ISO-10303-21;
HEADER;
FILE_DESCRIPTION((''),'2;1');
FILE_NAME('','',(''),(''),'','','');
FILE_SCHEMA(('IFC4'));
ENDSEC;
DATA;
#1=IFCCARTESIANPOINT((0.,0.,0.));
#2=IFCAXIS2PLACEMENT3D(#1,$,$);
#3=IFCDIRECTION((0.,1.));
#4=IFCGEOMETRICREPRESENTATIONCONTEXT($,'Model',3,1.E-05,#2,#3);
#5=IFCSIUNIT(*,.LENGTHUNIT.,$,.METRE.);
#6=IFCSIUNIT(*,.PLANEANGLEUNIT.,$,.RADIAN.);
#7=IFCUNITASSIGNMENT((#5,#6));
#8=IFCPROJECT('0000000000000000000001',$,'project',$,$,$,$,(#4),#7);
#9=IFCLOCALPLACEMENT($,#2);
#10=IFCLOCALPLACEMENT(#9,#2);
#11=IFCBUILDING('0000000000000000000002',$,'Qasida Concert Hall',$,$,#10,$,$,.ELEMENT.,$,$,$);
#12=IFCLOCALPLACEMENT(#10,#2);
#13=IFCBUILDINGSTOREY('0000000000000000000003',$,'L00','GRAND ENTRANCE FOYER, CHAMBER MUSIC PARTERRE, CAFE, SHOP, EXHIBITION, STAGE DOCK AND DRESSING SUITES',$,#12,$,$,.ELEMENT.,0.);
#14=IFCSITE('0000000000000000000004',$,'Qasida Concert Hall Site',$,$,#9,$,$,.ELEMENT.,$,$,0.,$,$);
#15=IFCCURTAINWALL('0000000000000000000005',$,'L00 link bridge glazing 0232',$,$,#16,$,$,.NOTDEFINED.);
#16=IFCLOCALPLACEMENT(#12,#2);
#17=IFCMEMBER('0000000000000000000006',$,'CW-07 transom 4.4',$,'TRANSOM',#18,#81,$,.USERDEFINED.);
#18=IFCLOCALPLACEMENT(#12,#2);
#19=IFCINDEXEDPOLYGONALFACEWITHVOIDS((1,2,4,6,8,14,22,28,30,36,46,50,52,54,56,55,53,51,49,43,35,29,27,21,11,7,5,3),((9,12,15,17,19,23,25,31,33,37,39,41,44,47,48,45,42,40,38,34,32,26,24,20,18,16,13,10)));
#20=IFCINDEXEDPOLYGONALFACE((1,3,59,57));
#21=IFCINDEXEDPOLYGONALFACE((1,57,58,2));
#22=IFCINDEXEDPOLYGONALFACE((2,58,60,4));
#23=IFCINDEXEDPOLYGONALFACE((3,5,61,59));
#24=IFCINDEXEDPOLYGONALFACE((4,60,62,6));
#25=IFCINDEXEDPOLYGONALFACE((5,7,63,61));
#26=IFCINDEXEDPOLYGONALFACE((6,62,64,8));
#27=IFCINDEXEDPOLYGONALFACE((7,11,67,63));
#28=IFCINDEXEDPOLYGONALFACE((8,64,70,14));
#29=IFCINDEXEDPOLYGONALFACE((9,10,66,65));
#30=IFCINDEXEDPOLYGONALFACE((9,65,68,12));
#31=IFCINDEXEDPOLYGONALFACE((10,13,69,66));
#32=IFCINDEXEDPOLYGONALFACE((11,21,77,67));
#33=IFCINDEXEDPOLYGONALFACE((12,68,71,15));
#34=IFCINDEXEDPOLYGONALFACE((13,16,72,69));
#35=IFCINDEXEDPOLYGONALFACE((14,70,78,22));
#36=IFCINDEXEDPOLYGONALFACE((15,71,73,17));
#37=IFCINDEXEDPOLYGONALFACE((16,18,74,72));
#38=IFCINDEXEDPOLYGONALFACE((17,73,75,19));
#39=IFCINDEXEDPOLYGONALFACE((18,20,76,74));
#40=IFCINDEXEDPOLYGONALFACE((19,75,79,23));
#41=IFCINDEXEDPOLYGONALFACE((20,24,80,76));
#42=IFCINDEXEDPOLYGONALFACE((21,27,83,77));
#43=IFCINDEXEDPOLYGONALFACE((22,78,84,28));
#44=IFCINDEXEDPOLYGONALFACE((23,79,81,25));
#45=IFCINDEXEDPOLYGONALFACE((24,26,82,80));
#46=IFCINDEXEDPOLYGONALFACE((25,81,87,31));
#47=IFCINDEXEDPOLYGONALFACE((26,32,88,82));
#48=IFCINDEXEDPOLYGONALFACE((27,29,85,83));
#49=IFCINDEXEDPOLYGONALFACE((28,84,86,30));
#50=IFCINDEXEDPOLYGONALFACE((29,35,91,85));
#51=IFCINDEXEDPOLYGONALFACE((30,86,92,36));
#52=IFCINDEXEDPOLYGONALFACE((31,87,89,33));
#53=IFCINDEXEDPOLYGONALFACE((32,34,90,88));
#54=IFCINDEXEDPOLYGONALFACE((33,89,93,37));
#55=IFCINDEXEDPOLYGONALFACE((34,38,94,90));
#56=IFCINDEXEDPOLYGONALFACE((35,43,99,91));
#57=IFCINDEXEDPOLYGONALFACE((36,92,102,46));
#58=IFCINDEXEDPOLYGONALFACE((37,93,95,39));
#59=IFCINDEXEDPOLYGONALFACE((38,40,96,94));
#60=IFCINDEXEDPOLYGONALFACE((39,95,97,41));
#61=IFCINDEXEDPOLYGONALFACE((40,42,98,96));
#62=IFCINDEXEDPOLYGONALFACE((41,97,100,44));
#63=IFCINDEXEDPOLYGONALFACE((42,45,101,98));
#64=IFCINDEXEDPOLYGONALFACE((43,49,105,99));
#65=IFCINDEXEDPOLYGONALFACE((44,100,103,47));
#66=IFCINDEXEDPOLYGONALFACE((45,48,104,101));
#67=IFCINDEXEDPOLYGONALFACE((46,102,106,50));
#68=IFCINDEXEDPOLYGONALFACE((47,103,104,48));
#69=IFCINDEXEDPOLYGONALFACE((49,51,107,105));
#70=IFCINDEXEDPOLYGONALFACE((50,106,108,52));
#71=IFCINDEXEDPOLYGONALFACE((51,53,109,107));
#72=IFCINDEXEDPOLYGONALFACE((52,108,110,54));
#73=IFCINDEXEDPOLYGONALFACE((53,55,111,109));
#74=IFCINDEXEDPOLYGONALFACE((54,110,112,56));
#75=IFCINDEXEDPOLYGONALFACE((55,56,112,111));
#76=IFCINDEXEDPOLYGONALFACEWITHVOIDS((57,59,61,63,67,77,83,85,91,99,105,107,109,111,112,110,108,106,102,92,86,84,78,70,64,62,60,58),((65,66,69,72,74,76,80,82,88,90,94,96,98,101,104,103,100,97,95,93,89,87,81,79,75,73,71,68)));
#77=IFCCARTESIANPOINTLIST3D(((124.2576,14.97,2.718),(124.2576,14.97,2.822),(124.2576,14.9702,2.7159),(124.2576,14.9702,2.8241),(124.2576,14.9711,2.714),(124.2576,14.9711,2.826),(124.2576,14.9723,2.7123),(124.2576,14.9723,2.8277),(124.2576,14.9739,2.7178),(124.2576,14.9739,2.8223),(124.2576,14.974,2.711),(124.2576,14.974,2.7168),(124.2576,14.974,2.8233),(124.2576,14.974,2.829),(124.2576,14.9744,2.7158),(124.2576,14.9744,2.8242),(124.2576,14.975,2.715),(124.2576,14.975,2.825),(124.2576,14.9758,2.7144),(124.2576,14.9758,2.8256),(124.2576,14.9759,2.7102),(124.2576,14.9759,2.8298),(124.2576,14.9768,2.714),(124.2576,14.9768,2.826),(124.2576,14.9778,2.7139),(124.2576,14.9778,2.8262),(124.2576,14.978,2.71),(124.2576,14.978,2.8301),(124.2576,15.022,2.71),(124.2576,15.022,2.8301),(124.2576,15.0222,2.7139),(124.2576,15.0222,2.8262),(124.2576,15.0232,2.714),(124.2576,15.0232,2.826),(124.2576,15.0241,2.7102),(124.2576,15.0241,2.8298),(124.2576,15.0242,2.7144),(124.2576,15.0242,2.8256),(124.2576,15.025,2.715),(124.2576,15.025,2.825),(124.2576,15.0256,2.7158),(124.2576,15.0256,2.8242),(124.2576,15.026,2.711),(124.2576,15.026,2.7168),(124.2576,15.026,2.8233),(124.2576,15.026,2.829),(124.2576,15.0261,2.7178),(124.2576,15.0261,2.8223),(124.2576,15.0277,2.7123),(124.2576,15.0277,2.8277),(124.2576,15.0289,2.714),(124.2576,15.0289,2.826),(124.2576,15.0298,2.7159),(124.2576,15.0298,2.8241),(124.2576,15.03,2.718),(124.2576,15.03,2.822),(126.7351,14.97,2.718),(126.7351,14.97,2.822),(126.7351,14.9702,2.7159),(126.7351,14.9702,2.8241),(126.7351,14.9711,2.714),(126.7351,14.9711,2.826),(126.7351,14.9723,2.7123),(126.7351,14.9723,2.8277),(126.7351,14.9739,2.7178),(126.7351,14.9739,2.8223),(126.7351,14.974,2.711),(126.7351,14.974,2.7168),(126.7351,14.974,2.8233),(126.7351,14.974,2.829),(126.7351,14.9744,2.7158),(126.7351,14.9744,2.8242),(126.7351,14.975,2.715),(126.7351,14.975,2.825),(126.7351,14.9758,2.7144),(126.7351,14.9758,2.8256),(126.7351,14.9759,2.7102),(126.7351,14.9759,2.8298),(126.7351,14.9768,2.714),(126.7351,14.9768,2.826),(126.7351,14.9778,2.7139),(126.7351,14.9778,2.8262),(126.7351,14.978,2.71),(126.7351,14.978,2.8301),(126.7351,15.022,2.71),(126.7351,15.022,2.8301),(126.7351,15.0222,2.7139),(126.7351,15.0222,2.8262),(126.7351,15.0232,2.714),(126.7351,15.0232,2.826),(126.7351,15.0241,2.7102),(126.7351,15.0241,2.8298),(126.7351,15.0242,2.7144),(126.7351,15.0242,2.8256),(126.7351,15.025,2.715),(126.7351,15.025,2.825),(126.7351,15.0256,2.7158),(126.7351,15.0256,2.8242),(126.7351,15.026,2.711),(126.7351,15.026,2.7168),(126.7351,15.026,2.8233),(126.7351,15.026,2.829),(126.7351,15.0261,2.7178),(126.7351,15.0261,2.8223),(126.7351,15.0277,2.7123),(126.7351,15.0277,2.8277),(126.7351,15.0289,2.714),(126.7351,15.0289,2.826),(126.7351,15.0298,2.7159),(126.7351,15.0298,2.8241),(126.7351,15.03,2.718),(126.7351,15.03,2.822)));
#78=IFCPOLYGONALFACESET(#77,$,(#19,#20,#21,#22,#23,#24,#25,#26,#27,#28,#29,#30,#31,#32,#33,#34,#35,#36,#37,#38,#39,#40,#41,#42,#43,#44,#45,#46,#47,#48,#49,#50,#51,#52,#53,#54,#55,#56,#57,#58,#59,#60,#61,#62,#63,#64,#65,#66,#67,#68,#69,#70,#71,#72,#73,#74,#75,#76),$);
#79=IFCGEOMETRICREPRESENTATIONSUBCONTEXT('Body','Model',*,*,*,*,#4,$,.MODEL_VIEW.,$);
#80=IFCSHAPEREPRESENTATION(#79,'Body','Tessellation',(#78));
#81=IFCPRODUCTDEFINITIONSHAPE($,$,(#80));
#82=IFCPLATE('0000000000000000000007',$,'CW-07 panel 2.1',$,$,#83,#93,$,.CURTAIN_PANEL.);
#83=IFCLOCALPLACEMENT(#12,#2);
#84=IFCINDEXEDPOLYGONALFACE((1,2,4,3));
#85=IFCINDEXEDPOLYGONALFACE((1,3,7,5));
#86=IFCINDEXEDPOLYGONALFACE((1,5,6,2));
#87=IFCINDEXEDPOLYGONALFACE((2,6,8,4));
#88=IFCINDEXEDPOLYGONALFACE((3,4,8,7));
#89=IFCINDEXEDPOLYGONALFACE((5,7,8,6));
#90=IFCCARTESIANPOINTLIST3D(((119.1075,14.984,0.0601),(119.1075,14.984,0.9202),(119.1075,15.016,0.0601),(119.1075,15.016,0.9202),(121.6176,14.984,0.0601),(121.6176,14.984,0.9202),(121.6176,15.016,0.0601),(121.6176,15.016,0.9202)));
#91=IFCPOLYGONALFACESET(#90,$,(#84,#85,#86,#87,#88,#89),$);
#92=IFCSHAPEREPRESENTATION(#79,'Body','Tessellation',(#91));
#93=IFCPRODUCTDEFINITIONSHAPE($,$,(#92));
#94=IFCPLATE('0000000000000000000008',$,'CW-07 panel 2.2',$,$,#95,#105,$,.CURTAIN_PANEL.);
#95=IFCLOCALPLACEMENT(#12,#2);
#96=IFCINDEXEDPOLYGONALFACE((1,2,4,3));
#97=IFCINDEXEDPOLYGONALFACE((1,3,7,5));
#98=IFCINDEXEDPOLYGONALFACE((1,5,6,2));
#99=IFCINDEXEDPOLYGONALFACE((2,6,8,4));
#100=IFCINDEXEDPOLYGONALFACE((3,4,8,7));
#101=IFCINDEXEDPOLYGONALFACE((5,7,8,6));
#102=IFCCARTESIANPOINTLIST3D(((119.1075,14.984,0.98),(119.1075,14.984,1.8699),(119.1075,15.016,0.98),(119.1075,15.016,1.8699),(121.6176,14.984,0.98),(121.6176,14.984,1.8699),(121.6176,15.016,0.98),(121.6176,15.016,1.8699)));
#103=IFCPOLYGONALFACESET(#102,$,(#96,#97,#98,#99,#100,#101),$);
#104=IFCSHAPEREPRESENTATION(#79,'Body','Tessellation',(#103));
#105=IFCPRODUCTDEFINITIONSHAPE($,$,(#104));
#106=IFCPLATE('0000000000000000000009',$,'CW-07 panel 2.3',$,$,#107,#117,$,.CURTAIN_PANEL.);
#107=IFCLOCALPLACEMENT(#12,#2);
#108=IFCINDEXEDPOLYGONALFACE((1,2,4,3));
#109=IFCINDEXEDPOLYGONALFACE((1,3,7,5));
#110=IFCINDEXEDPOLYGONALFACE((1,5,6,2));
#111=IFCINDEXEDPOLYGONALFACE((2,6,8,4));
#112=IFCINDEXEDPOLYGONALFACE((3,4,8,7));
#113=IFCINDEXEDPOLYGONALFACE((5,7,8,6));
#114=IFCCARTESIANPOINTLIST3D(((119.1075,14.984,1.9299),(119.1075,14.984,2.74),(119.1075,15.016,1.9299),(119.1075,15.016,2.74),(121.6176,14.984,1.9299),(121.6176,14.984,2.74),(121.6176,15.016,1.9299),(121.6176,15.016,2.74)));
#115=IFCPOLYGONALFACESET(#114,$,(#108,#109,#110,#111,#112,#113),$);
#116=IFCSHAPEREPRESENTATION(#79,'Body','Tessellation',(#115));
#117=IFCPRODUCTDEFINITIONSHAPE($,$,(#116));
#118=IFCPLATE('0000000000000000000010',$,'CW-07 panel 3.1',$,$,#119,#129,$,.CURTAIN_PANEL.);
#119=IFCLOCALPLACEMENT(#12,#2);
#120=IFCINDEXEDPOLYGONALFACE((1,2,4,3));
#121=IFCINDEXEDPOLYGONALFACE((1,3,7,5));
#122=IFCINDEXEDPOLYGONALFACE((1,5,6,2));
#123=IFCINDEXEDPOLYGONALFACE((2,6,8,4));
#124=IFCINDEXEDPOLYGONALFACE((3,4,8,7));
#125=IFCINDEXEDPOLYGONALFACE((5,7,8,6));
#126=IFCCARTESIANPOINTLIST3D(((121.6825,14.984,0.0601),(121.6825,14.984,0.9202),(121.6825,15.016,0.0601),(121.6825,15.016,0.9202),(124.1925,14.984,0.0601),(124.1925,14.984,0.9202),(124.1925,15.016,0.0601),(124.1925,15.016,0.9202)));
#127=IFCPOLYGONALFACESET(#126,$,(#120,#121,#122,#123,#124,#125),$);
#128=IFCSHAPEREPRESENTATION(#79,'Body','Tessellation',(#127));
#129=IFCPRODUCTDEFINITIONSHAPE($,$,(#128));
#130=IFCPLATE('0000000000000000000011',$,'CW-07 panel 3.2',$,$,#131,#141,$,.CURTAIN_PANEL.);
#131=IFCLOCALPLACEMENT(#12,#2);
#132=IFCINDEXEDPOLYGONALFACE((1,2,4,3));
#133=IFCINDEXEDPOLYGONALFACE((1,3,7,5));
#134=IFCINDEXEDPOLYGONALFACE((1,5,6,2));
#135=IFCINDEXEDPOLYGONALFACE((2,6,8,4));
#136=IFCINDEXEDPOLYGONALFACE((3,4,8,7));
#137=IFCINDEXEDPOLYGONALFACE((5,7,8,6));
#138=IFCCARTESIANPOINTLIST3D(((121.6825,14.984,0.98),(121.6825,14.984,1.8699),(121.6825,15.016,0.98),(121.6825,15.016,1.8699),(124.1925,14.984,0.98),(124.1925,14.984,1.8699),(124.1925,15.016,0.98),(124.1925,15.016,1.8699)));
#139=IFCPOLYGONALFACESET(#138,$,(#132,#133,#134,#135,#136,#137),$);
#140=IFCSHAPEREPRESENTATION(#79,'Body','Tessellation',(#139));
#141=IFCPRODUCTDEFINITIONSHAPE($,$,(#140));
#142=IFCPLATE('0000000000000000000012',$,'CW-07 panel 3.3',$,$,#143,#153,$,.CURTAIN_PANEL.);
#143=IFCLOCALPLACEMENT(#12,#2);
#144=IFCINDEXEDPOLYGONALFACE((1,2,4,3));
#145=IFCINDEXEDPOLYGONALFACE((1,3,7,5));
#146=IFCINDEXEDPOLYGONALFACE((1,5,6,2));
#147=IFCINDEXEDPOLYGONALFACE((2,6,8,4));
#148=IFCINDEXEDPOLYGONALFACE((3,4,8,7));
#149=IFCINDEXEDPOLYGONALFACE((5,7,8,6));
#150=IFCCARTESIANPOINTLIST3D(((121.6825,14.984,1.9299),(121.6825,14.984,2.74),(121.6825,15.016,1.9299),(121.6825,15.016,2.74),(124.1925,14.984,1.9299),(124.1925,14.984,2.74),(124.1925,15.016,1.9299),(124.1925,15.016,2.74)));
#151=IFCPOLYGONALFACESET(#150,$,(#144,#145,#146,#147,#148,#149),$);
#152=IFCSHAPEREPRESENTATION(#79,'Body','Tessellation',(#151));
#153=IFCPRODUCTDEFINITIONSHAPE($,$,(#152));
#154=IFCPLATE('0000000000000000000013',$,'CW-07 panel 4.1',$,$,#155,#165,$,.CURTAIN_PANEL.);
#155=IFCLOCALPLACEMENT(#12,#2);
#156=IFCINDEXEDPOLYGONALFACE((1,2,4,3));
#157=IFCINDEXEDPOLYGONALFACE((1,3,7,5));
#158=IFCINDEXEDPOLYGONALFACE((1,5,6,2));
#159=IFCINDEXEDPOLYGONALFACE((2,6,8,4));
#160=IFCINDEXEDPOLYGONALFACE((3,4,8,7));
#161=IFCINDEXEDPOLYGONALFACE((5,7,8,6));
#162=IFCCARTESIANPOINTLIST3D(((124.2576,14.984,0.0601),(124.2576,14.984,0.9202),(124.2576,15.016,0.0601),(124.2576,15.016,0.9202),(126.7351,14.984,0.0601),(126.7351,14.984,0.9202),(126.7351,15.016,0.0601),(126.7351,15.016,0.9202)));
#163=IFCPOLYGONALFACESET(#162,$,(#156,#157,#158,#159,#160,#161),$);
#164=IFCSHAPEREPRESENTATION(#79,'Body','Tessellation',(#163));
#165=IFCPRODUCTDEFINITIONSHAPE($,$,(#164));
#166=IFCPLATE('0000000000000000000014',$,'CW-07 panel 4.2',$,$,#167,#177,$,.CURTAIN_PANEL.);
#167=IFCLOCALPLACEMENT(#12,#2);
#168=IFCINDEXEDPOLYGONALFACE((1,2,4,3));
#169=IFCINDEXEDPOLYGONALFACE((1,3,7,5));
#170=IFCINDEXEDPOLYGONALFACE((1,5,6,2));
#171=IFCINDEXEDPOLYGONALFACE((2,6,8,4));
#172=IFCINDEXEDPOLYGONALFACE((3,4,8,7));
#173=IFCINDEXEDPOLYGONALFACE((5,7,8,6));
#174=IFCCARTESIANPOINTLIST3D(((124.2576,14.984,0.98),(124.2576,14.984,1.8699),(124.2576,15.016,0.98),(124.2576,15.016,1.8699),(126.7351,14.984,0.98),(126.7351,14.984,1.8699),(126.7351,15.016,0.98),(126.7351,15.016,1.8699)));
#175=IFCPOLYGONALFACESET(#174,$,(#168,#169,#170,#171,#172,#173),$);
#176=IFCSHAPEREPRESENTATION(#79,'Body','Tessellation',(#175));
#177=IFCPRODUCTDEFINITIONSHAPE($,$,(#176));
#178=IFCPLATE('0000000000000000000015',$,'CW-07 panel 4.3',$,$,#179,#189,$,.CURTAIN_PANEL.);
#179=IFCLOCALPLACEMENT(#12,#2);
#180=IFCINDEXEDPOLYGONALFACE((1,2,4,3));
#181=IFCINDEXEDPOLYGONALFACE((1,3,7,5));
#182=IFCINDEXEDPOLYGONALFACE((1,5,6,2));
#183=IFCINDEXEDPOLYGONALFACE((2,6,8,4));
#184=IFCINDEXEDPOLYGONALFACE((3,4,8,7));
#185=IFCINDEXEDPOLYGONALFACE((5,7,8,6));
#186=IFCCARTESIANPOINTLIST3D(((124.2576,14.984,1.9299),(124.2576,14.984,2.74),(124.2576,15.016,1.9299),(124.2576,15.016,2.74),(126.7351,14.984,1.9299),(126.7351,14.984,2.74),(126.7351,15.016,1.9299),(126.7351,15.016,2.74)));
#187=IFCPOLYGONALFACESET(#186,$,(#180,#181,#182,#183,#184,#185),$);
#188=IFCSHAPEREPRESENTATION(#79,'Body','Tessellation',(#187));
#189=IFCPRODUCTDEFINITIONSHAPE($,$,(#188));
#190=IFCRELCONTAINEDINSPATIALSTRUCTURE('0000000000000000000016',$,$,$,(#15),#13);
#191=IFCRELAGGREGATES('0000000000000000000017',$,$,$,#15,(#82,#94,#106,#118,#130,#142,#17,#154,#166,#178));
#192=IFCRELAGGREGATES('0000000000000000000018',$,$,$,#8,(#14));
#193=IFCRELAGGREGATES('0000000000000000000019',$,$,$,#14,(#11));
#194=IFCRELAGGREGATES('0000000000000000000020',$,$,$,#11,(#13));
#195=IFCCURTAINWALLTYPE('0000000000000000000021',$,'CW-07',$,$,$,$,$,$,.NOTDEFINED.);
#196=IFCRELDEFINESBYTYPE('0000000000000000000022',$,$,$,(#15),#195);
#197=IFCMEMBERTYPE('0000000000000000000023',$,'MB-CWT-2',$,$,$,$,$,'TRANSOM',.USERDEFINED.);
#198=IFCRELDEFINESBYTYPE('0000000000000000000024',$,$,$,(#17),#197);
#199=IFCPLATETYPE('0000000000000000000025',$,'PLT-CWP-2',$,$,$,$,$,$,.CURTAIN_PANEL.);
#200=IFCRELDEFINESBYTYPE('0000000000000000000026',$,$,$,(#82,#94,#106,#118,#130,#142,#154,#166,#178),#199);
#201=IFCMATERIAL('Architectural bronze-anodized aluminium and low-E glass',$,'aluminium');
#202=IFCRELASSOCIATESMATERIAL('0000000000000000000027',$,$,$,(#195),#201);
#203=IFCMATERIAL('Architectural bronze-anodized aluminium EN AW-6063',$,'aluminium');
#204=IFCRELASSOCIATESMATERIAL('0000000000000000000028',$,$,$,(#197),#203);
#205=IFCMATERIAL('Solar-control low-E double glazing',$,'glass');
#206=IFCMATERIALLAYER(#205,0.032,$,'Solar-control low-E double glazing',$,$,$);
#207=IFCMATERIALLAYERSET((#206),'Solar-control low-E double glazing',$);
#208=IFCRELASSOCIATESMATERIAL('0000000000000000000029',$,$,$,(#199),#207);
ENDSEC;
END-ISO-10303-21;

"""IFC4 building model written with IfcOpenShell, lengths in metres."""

from ifc_helpers import new_model, si_unit, direction, frame, origin, origin_2d, place, context, subcontext, project, spatial, rectangle, hollow_rectangle, extrude, material, layer, layer_set, material_profile, profile_set, type_object, element, aggregate, save


model = new_model("IFC4")

# Units and contexts
model_context = context("Model", 3, precision=1e-05, world=origin(), true_north=direction((0.0, 1.0)))
body_context = subcontext(model_context, "Body", "Model", "MODEL_VIEW")
ifc_project = project(units=[si_unit("LENGTHUNIT", "METRE"), si_unit("PLANEANGLEUNIT", "RADIAN")], contexts=[model_context])

# Site, building, storey
site_placement = place(None, origin())
site = spatial("IfcSite", under=ifc_project, at=site_placement, Name="Qasida Concert Hall Site", CompositionType="ELEMENT", RefElevation=0.0)
building_placement = place(site_placement, origin())
building = spatial("IfcBuilding", under=site, at=building_placement, Name="Qasida Concert Hall", CompositionType="ELEMENT")
storey_placement = place(building_placement, origin())
storey = spatial("IfcBuildingStorey", under=building, at=storey_placement, Name="L00", Description="GRAND ENTRANCE FOYER, CHAMBER MUSIC PARTERRE, CAFE, SHOP, EXHIBITION, STAGE DOCK AND DRESSING SUITES", CompositionType="ELEMENT", Elevation=0.0)

# Curtain wall, member, plates
ifc_material_1 = material(Name="Architectural bronze-anodized aluminium and low-E glass", Category="aluminium")
curtain_wall_type = type_object("IfcCurtainWallType", Name="CW-07", PredefinedType="NOTDEFINED", material=ifc_material_1)
curtain_wall_placement = place(storey_placement, origin())
curtain_wall = element("IfcCurtainWall", 1, at=curtain_wall_placement, inside=storey, type_object=curtain_wall_type, Name="L00 link bridge glazing 0232", PredefinedType="NOTDEFINED")
ifc_material_2 = material(Name="Architectural bronze-anodized aluminium EN AW-6063", Category="aluminium")
ifc_material_profile_1 = material_profile(ifc_material_2, hollow_rectangle(XDim=0.0601, YDim=0.1201, WallThickness=0.0039, InnerFilletRadius=0.0039, OuterFilletRadius=0.0081, at=origin_2d()), Name="CWT 120x60x4")
ifc_profile_set_1 = profile_set([ifc_material_profile_1], Name="Architectural bronze-anodized aluminium EN AW-6063")
member_type_1 = type_object("IfcMemberType", Name="MB-CWT-2", ElementType="TRANSOM", PredefinedType="USERDEFINED", material=ifc_profile_set_1)
member_1_placement = place(storey_placement, frame((124.2576, 15.0, 2.77), z_axis=(1.0, 0.0, 0.0), x_axis=(0.0, 1.0, 0.0)))
member_1 = element("IfcMember", 2, at=member_1_placement, type_object=member_type_1, Name="CW-07 transom 4.4", ObjectType="TRANSOM", PredefinedType="USERDEFINED", context=body_context, shape_type="SweptSolid", body=[
    extrude(hollow_rectangle(XDim=0.0601, YDim=0.1201, WallThickness=0.0039, InnerFilletRadius=0.0039, OuterFilletRadius=0.0081, at=origin_2d()), origin(), (0.0, 0.0, 1.0), 2.4775),
])
ifc_material_3 = material(Name="Solar-control low-E double glazing", Category="glass")
ifc_layer = layer(ifc_material_3, 0.032, Name="Solar-control low-E double glazing")
ifc_layer_set = layer_set([ifc_layer], Name="Solar-control low-E double glazing")
plate_type = type_object("IfcPlateType", Name="PLT-CWP-2", PredefinedType="CURTAIN_PANEL", material=ifc_layer_set)
plate_1_placement = place(storey_placement, frame((120.3625, 15.0, 0.0601), z_axis=(0.0, 0.0, 1.0), x_axis=(1.0, 0.0, 0.0)))
plate_1 = element("IfcPlate", 3, at=plate_1_placement, type_object=plate_type, Name="CW-07 panel 2.1", PredefinedType="CURTAIN_PANEL", context=body_context, shape_type="SweptSolid", body=[
    extrude(rectangle(XDim=2.51, YDim=0.032, at=origin_2d()), origin(), (0.0, 0.0, 1.0), 0.8601),
])
plate_2_placement = place(storey_placement, frame((120.3625, 15.0, 0.98), z_axis=(0.0, 0.0, 1.0), x_axis=(1.0, 0.0, 0.0)))
plate_2 = element("IfcPlate", 4, at=plate_2_placement, type_object=plate_type, Name="CW-07 panel 2.2", PredefinedType="CURTAIN_PANEL", context=body_context, shape_type="SweptSolid", body=[
    extrude(rectangle(XDim=2.51, YDim=0.032, at=origin_2d()), origin(), (0.0, 0.0, 1.0), 0.8899),
])
plate_3_placement = place(storey_placement, frame((120.3625, 15.0, 1.9299), z_axis=(0.0, 0.0, 1.0), x_axis=(1.0, 0.0, 0.0)))
plate_3 = element("IfcPlate", 5, at=plate_3_placement, type_object=plate_type, Name="CW-07 panel 2.3", PredefinedType="CURTAIN_PANEL", context=body_context, shape_type="SweptSolid", body=[
    extrude(rectangle(XDim=2.51, YDim=0.032, at=origin_2d()), origin(), (0.0, 0.0, 1.0), 0.8101),
])
plate_4_placement = place(storey_placement, frame((122.9375, 15.0, 0.0601), z_axis=(0.0, 0.0, 1.0), x_axis=(1.0, 0.0, 0.0)))
plate_4 = element("IfcPlate", 6, at=plate_4_placement, type_object=plate_type, Name="CW-07 panel 3.1", PredefinedType="CURTAIN_PANEL", context=body_context, shape_type="SweptSolid", body=[
    extrude(rectangle(XDim=2.51, YDim=0.032, at=origin_2d()), origin(), (0.0, 0.0, 1.0), 0.8601),
])
plate_5_placement = place(storey_placement, frame((122.9375, 15.0, 0.98), z_axis=(0.0, 0.0, 1.0), x_axis=(1.0, 0.0, 0.0)))
plate_5 = element("IfcPlate", 7, at=plate_5_placement, type_object=plate_type, Name="CW-07 panel 3.2", PredefinedType="CURTAIN_PANEL", context=body_context, shape_type="SweptSolid", body=[
    extrude(rectangle(XDim=2.51, YDim=0.032, at=origin_2d()), origin(), (0.0, 0.0, 1.0), 0.8899),
])
plate_6_placement = place(storey_placement, frame((122.9375, 15.0, 1.9299), z_axis=(0.0, 0.0, 1.0), x_axis=(1.0, 0.0, 0.0)))
plate_6 = element("IfcPlate", 8, at=plate_6_placement, type_object=plate_type, Name="CW-07 panel 3.3", PredefinedType="CURTAIN_PANEL", context=body_context, shape_type="SweptSolid", body=[
    extrude(rectangle(XDim=2.51, YDim=0.032, at=origin_2d()), origin(), (0.0, 0.0, 1.0), 0.8101),
])
plate_7_placement = place(storey_placement, frame((125.4963, 15.0, 0.0601), z_axis=(0.0, 0.0, 1.0), x_axis=(1.0, 0.0, 0.0)))
plate_7 = element("IfcPlate", 9, at=plate_7_placement, type_object=plate_type, Name="CW-07 panel 4.1", PredefinedType="CURTAIN_PANEL", context=body_context, shape_type="SweptSolid", body=[
    extrude(rectangle(XDim=2.4775, YDim=0.032, at=origin_2d()), origin(), (0.0, 0.0, 1.0), 0.8601),
])
plate_8_placement = place(storey_placement, frame((125.4963, 15.0, 0.98), z_axis=(0.0, 0.0, 1.0), x_axis=(1.0, 0.0, 0.0)))
plate_8 = element("IfcPlate", 10, at=plate_8_placement, type_object=plate_type, Name="CW-07 panel 4.2", PredefinedType="CURTAIN_PANEL", context=body_context, shape_type="SweptSolid", body=[
    extrude(rectangle(XDim=2.4775, YDim=0.032, at=origin_2d()), origin(), (0.0, 0.0, 1.0), 0.8899),
])
plate_9_placement = place(storey_placement, frame((125.4963, 15.0, 1.9299), z_axis=(0.0, 0.0, 1.0), x_axis=(1.0, 0.0, 0.0)))
plate_9 = element("IfcPlate", 11, at=plate_9_placement, type_object=plate_type, Name="CW-07 panel 4.3", PredefinedType="CURTAIN_PANEL", context=body_context, shape_type="SweptSolid", body=[
    extrude(rectangle(XDim=2.4775, YDim=0.032, at=origin_2d()), origin(), (0.0, 0.0, 1.0), 0.8101),
])
aggregate(curtain_wall, [plate_1, plate_2, plate_3, plate_4, plate_5, plate_6, member_1, plate_7, plate_8, plate_9])

save(model, "model.ifc")
